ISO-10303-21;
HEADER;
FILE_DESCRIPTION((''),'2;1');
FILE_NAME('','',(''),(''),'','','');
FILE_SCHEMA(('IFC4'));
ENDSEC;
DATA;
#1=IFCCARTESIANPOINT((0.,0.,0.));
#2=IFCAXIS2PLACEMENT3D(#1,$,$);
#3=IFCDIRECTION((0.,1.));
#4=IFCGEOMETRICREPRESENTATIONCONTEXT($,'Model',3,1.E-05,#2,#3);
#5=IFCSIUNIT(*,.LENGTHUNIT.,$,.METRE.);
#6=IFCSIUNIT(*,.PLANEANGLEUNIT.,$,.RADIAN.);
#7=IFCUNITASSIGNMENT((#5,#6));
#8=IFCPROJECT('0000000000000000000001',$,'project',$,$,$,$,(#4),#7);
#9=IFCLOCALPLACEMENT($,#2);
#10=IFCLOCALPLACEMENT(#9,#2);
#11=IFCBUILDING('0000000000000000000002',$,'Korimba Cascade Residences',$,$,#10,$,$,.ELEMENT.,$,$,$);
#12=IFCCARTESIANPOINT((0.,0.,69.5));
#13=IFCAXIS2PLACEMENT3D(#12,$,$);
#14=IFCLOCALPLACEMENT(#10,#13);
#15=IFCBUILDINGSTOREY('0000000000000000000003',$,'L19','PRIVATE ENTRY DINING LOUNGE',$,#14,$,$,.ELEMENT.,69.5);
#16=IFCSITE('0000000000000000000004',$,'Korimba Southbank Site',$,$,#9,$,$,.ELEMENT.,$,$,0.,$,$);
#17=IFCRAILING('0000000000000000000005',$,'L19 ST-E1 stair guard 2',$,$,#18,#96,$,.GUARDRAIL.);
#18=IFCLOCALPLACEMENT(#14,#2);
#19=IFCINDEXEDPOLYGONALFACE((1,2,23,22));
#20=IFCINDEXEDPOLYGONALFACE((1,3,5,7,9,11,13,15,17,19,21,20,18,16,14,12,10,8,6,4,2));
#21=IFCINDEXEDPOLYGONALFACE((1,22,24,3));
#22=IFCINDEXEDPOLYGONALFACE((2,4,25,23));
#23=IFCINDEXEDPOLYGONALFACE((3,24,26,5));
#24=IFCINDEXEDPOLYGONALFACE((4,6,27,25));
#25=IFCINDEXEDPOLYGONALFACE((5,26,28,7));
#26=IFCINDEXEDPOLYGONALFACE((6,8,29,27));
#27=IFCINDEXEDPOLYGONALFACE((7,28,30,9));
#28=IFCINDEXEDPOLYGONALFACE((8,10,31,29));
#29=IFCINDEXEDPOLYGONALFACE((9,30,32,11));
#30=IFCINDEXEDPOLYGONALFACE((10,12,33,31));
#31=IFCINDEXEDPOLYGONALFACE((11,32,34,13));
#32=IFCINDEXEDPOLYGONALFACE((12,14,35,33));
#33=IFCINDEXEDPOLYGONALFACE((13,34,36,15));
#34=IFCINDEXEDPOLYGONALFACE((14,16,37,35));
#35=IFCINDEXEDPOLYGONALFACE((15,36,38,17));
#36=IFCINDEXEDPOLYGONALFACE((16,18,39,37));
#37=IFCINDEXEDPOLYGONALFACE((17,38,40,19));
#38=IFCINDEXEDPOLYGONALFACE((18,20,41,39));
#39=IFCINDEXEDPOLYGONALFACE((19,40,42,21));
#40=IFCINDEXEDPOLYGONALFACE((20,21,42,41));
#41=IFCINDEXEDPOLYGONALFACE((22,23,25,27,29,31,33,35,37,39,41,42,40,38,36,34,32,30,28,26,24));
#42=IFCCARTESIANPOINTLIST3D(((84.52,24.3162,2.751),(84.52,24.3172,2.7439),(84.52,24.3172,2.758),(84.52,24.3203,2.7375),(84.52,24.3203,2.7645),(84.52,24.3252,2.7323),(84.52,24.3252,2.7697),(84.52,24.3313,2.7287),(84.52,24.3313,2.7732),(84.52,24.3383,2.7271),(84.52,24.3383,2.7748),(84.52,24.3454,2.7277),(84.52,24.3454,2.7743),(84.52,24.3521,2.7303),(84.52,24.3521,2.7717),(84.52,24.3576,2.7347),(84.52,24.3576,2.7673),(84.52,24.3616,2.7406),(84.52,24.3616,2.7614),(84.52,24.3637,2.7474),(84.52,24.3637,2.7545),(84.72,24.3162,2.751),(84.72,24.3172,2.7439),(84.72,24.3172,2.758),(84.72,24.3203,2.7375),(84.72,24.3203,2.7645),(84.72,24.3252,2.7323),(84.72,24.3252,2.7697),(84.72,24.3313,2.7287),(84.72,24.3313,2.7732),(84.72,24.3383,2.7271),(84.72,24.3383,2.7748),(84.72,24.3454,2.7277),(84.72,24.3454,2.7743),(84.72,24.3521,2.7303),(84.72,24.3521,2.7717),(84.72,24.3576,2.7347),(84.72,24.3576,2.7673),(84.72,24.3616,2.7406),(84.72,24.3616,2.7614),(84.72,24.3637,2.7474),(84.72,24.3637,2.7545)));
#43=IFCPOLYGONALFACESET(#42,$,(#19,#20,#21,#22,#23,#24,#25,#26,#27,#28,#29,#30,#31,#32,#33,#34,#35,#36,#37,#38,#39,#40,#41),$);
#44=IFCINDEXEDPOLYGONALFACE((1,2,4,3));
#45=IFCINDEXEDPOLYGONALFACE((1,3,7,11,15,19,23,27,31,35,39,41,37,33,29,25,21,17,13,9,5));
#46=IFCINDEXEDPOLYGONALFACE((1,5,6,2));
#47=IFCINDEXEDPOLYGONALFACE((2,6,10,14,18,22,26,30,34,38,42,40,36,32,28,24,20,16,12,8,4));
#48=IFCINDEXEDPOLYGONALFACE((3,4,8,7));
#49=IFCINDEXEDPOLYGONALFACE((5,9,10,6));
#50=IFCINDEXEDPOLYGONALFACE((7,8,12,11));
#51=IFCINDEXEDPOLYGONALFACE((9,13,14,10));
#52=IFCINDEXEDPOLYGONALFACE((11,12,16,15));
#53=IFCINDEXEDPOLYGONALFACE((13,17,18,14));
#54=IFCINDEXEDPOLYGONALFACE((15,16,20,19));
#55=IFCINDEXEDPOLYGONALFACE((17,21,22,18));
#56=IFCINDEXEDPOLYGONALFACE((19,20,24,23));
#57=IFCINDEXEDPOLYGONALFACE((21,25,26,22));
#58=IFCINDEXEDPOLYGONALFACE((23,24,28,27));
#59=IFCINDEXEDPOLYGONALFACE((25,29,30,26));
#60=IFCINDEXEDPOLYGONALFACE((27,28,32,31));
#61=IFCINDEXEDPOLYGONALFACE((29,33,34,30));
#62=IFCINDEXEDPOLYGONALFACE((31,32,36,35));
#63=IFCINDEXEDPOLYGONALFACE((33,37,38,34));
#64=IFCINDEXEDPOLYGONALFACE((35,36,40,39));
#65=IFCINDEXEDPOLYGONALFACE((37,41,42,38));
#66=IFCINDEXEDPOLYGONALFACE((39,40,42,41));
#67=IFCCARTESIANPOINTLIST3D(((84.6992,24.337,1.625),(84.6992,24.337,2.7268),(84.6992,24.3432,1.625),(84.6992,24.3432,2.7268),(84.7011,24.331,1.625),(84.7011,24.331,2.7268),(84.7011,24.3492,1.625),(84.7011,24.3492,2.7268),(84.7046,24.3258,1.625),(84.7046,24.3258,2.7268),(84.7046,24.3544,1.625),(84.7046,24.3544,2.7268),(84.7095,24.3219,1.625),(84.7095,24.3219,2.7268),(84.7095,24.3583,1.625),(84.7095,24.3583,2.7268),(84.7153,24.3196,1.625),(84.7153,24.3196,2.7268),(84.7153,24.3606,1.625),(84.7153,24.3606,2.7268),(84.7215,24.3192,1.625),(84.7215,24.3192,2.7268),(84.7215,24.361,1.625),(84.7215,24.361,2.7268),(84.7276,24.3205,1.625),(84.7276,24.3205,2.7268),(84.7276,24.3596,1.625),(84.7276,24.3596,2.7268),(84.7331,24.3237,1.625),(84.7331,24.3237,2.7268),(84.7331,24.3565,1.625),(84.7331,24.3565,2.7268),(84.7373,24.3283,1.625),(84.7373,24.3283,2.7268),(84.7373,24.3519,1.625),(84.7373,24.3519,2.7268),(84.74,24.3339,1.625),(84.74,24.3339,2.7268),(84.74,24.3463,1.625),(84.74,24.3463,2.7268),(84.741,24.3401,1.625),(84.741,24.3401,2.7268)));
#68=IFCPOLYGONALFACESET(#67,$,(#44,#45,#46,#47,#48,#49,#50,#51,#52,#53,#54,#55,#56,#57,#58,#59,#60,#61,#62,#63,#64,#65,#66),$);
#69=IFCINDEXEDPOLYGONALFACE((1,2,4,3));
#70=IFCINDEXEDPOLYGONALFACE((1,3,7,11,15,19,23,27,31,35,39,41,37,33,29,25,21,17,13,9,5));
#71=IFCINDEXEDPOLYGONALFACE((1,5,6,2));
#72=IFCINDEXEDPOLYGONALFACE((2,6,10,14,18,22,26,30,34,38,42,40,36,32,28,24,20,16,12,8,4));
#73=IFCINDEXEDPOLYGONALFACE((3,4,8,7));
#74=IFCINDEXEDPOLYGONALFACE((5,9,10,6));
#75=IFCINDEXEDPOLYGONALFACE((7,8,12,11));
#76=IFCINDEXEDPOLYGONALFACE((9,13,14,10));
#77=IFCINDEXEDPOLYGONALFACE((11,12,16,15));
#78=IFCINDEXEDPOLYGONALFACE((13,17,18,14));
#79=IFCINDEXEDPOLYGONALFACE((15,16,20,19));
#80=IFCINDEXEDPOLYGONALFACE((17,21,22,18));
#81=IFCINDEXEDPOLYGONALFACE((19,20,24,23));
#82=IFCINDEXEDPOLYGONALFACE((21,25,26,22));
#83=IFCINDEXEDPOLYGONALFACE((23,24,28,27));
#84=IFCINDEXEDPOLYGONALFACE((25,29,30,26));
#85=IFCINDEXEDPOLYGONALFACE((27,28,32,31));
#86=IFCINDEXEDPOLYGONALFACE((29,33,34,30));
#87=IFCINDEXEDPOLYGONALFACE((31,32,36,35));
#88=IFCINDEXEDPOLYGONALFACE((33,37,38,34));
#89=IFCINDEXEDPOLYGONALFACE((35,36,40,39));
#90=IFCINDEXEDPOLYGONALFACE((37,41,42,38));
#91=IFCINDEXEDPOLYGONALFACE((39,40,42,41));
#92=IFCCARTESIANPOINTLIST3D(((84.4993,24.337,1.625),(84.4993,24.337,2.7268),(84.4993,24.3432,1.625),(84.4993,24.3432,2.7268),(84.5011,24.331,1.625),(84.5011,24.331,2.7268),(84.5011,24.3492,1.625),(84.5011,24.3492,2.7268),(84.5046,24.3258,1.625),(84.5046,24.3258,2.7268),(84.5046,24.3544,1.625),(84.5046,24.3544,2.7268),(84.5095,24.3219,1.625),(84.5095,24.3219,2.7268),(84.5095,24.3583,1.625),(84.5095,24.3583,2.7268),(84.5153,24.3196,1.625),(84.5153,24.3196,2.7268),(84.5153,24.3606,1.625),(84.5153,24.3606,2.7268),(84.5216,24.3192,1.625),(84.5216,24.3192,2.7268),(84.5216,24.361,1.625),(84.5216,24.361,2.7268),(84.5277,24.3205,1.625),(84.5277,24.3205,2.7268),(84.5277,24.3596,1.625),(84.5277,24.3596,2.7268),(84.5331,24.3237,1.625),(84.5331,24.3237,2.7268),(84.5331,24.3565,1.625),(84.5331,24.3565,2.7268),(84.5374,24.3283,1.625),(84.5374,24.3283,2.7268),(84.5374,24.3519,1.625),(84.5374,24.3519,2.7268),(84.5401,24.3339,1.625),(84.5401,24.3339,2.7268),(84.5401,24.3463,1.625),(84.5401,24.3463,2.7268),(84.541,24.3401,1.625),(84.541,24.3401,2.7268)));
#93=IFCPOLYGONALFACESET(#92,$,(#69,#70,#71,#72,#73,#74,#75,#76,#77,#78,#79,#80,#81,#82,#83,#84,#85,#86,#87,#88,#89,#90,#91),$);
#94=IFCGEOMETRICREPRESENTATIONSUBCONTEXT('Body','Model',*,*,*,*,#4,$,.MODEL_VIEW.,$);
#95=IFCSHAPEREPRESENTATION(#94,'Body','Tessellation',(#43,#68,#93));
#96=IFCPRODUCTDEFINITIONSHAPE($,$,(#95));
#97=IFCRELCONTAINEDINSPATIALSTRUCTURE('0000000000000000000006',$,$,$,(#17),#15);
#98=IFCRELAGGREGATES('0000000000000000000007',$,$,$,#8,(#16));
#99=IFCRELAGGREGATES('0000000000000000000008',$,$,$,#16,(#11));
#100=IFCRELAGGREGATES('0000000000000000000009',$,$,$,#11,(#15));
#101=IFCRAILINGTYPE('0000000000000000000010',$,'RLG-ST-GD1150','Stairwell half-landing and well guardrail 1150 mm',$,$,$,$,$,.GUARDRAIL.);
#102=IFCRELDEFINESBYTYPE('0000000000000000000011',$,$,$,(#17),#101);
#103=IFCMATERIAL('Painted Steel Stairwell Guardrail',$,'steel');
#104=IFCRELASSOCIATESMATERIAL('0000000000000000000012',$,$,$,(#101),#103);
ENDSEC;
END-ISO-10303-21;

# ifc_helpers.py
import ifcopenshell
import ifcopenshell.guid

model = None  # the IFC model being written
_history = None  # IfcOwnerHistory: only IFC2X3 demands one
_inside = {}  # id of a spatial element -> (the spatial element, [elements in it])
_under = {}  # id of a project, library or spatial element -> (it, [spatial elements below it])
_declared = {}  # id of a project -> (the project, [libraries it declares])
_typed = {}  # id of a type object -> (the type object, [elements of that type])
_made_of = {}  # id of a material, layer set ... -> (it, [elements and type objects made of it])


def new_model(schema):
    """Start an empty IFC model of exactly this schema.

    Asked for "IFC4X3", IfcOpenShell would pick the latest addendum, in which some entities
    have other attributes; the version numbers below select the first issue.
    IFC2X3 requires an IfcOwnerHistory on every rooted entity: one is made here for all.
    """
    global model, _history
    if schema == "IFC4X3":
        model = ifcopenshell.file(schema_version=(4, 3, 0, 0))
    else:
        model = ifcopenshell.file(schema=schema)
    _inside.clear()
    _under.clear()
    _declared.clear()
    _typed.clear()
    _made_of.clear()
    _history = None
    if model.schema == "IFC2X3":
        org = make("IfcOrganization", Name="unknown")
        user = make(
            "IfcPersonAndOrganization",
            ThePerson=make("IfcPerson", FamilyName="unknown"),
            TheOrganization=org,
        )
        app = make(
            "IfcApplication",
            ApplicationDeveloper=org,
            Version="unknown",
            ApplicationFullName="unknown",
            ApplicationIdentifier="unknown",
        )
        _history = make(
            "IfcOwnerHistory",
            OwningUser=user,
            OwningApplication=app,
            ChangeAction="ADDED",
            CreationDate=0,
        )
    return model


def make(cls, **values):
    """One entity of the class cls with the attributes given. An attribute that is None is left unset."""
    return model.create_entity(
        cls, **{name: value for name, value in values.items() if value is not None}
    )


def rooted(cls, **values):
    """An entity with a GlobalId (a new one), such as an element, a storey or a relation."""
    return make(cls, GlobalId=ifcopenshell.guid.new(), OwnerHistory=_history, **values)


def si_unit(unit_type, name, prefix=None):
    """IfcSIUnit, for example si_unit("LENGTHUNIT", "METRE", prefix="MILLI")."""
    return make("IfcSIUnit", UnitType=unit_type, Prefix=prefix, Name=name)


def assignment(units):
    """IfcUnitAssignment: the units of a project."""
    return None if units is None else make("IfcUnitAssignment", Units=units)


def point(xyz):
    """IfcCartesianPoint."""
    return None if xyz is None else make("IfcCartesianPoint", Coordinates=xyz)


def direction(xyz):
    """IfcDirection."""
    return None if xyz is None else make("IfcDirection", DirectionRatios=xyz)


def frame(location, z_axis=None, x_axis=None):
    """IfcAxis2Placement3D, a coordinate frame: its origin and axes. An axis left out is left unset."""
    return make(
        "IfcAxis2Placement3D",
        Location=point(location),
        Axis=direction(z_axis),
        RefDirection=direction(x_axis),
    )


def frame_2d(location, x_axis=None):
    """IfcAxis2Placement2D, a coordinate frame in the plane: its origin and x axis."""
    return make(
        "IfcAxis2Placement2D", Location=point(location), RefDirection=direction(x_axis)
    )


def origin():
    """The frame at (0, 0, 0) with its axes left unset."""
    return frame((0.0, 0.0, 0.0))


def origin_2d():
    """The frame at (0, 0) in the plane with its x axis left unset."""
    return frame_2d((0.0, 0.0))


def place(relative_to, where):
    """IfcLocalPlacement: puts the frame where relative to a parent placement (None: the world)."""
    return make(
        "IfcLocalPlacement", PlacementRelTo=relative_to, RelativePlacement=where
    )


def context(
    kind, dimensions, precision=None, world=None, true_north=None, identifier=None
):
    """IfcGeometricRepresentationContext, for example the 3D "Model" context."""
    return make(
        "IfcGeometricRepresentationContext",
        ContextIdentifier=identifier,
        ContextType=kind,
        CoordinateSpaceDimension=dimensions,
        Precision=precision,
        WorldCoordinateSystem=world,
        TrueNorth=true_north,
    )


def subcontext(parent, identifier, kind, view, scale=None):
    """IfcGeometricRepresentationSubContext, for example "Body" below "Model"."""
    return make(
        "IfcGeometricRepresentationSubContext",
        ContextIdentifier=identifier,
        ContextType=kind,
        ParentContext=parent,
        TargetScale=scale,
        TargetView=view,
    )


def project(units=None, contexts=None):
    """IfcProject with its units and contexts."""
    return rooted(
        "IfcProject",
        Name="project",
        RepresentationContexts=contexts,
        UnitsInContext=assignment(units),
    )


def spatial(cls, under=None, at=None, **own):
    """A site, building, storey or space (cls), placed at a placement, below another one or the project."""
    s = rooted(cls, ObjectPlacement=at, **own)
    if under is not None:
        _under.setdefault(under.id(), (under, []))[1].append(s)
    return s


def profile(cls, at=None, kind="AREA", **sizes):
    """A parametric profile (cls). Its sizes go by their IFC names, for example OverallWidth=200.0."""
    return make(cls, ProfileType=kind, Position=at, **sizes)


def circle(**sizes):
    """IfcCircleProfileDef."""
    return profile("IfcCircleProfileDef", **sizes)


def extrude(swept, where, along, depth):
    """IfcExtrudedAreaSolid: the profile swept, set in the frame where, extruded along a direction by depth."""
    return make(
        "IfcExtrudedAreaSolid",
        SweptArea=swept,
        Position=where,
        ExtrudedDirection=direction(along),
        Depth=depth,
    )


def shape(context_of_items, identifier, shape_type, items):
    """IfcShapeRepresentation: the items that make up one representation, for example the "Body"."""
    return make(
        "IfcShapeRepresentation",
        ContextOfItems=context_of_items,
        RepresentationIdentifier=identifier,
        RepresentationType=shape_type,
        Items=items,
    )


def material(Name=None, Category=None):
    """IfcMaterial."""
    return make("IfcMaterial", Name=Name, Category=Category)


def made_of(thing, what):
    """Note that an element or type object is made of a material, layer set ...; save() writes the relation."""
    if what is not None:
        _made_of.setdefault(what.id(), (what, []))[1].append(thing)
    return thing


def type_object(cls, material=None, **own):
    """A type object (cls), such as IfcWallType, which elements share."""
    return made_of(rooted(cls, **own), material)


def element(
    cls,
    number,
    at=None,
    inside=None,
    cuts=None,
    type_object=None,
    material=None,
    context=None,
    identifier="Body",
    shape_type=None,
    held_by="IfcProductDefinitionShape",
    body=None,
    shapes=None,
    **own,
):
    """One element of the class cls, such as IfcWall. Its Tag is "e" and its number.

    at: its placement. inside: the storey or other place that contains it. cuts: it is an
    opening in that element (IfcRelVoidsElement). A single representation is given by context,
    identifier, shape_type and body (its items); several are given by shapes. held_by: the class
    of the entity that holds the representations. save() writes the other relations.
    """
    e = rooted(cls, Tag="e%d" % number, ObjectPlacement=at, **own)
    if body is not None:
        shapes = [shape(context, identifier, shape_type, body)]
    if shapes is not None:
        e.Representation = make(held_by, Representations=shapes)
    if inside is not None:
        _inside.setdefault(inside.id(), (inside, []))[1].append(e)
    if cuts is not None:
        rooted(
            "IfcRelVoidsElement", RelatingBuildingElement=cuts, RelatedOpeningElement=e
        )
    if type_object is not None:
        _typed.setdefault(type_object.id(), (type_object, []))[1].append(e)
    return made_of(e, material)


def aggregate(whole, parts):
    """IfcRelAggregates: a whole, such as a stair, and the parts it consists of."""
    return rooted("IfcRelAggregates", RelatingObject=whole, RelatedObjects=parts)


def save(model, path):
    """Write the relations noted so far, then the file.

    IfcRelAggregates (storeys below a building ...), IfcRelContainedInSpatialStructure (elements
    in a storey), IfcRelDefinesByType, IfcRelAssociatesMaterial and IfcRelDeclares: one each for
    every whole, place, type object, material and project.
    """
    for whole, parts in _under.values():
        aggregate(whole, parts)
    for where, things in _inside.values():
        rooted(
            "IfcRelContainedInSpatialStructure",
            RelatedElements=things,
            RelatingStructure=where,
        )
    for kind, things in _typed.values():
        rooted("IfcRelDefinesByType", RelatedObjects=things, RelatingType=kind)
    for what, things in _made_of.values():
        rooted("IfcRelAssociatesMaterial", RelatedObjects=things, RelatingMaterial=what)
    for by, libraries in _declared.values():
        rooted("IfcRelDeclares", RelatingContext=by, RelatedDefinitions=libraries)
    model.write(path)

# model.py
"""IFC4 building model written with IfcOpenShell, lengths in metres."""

from ifc_helpers import new_model, si_unit, direction, frame, origin, origin_2d, place, context, subcontext, project, spatial, circle, extrude, material, type_object, element, save


model = new_model("IFC4")

# Units and contexts
model_context = context("Model", 3, precision=1e-05, world=origin(), true_north=direction((0.0, 1.0)))
body_context = subcontext(model_context, "Body", "Model", "MODEL_VIEW")
ifc_project = project(units=[si_unit("LENGTHUNIT", "METRE"), si_unit("PLANEANGLEUNIT", "RADIAN")], contexts=[model_context])

# Site, building, storey
site_placement = place(None, origin())
site = spatial("IfcSite", under=ifc_project, at=site_placement, Name="Korimba Southbank Site", CompositionType="ELEMENT", RefElevation=0.0)
building_placement = place(site_placement, origin())
building = spatial("IfcBuilding", under=site, at=building_placement, Name="Korimba Cascade Residences", CompositionType="ELEMENT")
storey_placement = place(building_placement, frame((0.0, 0.0, 69.5)))
storey = spatial("IfcBuildingStorey", under=building, at=storey_placement, Name="L19", Description="PRIVATE ENTRY DINING LOUNGE", CompositionType="ELEMENT", Elevation=69.5)

# Railing
ifc_material_1 = material(Name="Painted Steel Stairwell Guardrail", Category="steel")
railing_type_1 = type_object("IfcRailingType", Name="RLG-ST-GD1150", Description="Stairwell half-landing and well guardrail 1150 mm", PredefinedType="GUARDRAIL", material=ifc_material_1)
railing_1_placement = place(storey_placement, frame((84.72, 24.3401, 1.625)))
element("IfcRailing", 1, at=railing_1_placement, inside=storey, type_object=railing_type_1, Name="L19 ST-E1 stair guard 2", PredefinedType="GUARDRAIL", context=body_context, shape_type="SweptSolid", body=[
    extrude(circle(Radius=0.0239, at=origin_2d()), frame((0.0, 0.0, 1.126), z_axis=(-1.0, 0.0, 0.0), x_axis=(0.0, -1.0, 0.0)), (0.0, 0.0, 1.0), 0.2),
    extrude(circle(Radius=0.021, at=origin_2d()), origin(), (0.0, 0.0, 1.0), 1.1018),
    extrude(circle(Radius=0.021, at=origin_2d()), frame((-0.2, 0.0, 0.0)), (0.0, 0.0, 1.0), 1.1018),
])

save(model, "model.ifc")
